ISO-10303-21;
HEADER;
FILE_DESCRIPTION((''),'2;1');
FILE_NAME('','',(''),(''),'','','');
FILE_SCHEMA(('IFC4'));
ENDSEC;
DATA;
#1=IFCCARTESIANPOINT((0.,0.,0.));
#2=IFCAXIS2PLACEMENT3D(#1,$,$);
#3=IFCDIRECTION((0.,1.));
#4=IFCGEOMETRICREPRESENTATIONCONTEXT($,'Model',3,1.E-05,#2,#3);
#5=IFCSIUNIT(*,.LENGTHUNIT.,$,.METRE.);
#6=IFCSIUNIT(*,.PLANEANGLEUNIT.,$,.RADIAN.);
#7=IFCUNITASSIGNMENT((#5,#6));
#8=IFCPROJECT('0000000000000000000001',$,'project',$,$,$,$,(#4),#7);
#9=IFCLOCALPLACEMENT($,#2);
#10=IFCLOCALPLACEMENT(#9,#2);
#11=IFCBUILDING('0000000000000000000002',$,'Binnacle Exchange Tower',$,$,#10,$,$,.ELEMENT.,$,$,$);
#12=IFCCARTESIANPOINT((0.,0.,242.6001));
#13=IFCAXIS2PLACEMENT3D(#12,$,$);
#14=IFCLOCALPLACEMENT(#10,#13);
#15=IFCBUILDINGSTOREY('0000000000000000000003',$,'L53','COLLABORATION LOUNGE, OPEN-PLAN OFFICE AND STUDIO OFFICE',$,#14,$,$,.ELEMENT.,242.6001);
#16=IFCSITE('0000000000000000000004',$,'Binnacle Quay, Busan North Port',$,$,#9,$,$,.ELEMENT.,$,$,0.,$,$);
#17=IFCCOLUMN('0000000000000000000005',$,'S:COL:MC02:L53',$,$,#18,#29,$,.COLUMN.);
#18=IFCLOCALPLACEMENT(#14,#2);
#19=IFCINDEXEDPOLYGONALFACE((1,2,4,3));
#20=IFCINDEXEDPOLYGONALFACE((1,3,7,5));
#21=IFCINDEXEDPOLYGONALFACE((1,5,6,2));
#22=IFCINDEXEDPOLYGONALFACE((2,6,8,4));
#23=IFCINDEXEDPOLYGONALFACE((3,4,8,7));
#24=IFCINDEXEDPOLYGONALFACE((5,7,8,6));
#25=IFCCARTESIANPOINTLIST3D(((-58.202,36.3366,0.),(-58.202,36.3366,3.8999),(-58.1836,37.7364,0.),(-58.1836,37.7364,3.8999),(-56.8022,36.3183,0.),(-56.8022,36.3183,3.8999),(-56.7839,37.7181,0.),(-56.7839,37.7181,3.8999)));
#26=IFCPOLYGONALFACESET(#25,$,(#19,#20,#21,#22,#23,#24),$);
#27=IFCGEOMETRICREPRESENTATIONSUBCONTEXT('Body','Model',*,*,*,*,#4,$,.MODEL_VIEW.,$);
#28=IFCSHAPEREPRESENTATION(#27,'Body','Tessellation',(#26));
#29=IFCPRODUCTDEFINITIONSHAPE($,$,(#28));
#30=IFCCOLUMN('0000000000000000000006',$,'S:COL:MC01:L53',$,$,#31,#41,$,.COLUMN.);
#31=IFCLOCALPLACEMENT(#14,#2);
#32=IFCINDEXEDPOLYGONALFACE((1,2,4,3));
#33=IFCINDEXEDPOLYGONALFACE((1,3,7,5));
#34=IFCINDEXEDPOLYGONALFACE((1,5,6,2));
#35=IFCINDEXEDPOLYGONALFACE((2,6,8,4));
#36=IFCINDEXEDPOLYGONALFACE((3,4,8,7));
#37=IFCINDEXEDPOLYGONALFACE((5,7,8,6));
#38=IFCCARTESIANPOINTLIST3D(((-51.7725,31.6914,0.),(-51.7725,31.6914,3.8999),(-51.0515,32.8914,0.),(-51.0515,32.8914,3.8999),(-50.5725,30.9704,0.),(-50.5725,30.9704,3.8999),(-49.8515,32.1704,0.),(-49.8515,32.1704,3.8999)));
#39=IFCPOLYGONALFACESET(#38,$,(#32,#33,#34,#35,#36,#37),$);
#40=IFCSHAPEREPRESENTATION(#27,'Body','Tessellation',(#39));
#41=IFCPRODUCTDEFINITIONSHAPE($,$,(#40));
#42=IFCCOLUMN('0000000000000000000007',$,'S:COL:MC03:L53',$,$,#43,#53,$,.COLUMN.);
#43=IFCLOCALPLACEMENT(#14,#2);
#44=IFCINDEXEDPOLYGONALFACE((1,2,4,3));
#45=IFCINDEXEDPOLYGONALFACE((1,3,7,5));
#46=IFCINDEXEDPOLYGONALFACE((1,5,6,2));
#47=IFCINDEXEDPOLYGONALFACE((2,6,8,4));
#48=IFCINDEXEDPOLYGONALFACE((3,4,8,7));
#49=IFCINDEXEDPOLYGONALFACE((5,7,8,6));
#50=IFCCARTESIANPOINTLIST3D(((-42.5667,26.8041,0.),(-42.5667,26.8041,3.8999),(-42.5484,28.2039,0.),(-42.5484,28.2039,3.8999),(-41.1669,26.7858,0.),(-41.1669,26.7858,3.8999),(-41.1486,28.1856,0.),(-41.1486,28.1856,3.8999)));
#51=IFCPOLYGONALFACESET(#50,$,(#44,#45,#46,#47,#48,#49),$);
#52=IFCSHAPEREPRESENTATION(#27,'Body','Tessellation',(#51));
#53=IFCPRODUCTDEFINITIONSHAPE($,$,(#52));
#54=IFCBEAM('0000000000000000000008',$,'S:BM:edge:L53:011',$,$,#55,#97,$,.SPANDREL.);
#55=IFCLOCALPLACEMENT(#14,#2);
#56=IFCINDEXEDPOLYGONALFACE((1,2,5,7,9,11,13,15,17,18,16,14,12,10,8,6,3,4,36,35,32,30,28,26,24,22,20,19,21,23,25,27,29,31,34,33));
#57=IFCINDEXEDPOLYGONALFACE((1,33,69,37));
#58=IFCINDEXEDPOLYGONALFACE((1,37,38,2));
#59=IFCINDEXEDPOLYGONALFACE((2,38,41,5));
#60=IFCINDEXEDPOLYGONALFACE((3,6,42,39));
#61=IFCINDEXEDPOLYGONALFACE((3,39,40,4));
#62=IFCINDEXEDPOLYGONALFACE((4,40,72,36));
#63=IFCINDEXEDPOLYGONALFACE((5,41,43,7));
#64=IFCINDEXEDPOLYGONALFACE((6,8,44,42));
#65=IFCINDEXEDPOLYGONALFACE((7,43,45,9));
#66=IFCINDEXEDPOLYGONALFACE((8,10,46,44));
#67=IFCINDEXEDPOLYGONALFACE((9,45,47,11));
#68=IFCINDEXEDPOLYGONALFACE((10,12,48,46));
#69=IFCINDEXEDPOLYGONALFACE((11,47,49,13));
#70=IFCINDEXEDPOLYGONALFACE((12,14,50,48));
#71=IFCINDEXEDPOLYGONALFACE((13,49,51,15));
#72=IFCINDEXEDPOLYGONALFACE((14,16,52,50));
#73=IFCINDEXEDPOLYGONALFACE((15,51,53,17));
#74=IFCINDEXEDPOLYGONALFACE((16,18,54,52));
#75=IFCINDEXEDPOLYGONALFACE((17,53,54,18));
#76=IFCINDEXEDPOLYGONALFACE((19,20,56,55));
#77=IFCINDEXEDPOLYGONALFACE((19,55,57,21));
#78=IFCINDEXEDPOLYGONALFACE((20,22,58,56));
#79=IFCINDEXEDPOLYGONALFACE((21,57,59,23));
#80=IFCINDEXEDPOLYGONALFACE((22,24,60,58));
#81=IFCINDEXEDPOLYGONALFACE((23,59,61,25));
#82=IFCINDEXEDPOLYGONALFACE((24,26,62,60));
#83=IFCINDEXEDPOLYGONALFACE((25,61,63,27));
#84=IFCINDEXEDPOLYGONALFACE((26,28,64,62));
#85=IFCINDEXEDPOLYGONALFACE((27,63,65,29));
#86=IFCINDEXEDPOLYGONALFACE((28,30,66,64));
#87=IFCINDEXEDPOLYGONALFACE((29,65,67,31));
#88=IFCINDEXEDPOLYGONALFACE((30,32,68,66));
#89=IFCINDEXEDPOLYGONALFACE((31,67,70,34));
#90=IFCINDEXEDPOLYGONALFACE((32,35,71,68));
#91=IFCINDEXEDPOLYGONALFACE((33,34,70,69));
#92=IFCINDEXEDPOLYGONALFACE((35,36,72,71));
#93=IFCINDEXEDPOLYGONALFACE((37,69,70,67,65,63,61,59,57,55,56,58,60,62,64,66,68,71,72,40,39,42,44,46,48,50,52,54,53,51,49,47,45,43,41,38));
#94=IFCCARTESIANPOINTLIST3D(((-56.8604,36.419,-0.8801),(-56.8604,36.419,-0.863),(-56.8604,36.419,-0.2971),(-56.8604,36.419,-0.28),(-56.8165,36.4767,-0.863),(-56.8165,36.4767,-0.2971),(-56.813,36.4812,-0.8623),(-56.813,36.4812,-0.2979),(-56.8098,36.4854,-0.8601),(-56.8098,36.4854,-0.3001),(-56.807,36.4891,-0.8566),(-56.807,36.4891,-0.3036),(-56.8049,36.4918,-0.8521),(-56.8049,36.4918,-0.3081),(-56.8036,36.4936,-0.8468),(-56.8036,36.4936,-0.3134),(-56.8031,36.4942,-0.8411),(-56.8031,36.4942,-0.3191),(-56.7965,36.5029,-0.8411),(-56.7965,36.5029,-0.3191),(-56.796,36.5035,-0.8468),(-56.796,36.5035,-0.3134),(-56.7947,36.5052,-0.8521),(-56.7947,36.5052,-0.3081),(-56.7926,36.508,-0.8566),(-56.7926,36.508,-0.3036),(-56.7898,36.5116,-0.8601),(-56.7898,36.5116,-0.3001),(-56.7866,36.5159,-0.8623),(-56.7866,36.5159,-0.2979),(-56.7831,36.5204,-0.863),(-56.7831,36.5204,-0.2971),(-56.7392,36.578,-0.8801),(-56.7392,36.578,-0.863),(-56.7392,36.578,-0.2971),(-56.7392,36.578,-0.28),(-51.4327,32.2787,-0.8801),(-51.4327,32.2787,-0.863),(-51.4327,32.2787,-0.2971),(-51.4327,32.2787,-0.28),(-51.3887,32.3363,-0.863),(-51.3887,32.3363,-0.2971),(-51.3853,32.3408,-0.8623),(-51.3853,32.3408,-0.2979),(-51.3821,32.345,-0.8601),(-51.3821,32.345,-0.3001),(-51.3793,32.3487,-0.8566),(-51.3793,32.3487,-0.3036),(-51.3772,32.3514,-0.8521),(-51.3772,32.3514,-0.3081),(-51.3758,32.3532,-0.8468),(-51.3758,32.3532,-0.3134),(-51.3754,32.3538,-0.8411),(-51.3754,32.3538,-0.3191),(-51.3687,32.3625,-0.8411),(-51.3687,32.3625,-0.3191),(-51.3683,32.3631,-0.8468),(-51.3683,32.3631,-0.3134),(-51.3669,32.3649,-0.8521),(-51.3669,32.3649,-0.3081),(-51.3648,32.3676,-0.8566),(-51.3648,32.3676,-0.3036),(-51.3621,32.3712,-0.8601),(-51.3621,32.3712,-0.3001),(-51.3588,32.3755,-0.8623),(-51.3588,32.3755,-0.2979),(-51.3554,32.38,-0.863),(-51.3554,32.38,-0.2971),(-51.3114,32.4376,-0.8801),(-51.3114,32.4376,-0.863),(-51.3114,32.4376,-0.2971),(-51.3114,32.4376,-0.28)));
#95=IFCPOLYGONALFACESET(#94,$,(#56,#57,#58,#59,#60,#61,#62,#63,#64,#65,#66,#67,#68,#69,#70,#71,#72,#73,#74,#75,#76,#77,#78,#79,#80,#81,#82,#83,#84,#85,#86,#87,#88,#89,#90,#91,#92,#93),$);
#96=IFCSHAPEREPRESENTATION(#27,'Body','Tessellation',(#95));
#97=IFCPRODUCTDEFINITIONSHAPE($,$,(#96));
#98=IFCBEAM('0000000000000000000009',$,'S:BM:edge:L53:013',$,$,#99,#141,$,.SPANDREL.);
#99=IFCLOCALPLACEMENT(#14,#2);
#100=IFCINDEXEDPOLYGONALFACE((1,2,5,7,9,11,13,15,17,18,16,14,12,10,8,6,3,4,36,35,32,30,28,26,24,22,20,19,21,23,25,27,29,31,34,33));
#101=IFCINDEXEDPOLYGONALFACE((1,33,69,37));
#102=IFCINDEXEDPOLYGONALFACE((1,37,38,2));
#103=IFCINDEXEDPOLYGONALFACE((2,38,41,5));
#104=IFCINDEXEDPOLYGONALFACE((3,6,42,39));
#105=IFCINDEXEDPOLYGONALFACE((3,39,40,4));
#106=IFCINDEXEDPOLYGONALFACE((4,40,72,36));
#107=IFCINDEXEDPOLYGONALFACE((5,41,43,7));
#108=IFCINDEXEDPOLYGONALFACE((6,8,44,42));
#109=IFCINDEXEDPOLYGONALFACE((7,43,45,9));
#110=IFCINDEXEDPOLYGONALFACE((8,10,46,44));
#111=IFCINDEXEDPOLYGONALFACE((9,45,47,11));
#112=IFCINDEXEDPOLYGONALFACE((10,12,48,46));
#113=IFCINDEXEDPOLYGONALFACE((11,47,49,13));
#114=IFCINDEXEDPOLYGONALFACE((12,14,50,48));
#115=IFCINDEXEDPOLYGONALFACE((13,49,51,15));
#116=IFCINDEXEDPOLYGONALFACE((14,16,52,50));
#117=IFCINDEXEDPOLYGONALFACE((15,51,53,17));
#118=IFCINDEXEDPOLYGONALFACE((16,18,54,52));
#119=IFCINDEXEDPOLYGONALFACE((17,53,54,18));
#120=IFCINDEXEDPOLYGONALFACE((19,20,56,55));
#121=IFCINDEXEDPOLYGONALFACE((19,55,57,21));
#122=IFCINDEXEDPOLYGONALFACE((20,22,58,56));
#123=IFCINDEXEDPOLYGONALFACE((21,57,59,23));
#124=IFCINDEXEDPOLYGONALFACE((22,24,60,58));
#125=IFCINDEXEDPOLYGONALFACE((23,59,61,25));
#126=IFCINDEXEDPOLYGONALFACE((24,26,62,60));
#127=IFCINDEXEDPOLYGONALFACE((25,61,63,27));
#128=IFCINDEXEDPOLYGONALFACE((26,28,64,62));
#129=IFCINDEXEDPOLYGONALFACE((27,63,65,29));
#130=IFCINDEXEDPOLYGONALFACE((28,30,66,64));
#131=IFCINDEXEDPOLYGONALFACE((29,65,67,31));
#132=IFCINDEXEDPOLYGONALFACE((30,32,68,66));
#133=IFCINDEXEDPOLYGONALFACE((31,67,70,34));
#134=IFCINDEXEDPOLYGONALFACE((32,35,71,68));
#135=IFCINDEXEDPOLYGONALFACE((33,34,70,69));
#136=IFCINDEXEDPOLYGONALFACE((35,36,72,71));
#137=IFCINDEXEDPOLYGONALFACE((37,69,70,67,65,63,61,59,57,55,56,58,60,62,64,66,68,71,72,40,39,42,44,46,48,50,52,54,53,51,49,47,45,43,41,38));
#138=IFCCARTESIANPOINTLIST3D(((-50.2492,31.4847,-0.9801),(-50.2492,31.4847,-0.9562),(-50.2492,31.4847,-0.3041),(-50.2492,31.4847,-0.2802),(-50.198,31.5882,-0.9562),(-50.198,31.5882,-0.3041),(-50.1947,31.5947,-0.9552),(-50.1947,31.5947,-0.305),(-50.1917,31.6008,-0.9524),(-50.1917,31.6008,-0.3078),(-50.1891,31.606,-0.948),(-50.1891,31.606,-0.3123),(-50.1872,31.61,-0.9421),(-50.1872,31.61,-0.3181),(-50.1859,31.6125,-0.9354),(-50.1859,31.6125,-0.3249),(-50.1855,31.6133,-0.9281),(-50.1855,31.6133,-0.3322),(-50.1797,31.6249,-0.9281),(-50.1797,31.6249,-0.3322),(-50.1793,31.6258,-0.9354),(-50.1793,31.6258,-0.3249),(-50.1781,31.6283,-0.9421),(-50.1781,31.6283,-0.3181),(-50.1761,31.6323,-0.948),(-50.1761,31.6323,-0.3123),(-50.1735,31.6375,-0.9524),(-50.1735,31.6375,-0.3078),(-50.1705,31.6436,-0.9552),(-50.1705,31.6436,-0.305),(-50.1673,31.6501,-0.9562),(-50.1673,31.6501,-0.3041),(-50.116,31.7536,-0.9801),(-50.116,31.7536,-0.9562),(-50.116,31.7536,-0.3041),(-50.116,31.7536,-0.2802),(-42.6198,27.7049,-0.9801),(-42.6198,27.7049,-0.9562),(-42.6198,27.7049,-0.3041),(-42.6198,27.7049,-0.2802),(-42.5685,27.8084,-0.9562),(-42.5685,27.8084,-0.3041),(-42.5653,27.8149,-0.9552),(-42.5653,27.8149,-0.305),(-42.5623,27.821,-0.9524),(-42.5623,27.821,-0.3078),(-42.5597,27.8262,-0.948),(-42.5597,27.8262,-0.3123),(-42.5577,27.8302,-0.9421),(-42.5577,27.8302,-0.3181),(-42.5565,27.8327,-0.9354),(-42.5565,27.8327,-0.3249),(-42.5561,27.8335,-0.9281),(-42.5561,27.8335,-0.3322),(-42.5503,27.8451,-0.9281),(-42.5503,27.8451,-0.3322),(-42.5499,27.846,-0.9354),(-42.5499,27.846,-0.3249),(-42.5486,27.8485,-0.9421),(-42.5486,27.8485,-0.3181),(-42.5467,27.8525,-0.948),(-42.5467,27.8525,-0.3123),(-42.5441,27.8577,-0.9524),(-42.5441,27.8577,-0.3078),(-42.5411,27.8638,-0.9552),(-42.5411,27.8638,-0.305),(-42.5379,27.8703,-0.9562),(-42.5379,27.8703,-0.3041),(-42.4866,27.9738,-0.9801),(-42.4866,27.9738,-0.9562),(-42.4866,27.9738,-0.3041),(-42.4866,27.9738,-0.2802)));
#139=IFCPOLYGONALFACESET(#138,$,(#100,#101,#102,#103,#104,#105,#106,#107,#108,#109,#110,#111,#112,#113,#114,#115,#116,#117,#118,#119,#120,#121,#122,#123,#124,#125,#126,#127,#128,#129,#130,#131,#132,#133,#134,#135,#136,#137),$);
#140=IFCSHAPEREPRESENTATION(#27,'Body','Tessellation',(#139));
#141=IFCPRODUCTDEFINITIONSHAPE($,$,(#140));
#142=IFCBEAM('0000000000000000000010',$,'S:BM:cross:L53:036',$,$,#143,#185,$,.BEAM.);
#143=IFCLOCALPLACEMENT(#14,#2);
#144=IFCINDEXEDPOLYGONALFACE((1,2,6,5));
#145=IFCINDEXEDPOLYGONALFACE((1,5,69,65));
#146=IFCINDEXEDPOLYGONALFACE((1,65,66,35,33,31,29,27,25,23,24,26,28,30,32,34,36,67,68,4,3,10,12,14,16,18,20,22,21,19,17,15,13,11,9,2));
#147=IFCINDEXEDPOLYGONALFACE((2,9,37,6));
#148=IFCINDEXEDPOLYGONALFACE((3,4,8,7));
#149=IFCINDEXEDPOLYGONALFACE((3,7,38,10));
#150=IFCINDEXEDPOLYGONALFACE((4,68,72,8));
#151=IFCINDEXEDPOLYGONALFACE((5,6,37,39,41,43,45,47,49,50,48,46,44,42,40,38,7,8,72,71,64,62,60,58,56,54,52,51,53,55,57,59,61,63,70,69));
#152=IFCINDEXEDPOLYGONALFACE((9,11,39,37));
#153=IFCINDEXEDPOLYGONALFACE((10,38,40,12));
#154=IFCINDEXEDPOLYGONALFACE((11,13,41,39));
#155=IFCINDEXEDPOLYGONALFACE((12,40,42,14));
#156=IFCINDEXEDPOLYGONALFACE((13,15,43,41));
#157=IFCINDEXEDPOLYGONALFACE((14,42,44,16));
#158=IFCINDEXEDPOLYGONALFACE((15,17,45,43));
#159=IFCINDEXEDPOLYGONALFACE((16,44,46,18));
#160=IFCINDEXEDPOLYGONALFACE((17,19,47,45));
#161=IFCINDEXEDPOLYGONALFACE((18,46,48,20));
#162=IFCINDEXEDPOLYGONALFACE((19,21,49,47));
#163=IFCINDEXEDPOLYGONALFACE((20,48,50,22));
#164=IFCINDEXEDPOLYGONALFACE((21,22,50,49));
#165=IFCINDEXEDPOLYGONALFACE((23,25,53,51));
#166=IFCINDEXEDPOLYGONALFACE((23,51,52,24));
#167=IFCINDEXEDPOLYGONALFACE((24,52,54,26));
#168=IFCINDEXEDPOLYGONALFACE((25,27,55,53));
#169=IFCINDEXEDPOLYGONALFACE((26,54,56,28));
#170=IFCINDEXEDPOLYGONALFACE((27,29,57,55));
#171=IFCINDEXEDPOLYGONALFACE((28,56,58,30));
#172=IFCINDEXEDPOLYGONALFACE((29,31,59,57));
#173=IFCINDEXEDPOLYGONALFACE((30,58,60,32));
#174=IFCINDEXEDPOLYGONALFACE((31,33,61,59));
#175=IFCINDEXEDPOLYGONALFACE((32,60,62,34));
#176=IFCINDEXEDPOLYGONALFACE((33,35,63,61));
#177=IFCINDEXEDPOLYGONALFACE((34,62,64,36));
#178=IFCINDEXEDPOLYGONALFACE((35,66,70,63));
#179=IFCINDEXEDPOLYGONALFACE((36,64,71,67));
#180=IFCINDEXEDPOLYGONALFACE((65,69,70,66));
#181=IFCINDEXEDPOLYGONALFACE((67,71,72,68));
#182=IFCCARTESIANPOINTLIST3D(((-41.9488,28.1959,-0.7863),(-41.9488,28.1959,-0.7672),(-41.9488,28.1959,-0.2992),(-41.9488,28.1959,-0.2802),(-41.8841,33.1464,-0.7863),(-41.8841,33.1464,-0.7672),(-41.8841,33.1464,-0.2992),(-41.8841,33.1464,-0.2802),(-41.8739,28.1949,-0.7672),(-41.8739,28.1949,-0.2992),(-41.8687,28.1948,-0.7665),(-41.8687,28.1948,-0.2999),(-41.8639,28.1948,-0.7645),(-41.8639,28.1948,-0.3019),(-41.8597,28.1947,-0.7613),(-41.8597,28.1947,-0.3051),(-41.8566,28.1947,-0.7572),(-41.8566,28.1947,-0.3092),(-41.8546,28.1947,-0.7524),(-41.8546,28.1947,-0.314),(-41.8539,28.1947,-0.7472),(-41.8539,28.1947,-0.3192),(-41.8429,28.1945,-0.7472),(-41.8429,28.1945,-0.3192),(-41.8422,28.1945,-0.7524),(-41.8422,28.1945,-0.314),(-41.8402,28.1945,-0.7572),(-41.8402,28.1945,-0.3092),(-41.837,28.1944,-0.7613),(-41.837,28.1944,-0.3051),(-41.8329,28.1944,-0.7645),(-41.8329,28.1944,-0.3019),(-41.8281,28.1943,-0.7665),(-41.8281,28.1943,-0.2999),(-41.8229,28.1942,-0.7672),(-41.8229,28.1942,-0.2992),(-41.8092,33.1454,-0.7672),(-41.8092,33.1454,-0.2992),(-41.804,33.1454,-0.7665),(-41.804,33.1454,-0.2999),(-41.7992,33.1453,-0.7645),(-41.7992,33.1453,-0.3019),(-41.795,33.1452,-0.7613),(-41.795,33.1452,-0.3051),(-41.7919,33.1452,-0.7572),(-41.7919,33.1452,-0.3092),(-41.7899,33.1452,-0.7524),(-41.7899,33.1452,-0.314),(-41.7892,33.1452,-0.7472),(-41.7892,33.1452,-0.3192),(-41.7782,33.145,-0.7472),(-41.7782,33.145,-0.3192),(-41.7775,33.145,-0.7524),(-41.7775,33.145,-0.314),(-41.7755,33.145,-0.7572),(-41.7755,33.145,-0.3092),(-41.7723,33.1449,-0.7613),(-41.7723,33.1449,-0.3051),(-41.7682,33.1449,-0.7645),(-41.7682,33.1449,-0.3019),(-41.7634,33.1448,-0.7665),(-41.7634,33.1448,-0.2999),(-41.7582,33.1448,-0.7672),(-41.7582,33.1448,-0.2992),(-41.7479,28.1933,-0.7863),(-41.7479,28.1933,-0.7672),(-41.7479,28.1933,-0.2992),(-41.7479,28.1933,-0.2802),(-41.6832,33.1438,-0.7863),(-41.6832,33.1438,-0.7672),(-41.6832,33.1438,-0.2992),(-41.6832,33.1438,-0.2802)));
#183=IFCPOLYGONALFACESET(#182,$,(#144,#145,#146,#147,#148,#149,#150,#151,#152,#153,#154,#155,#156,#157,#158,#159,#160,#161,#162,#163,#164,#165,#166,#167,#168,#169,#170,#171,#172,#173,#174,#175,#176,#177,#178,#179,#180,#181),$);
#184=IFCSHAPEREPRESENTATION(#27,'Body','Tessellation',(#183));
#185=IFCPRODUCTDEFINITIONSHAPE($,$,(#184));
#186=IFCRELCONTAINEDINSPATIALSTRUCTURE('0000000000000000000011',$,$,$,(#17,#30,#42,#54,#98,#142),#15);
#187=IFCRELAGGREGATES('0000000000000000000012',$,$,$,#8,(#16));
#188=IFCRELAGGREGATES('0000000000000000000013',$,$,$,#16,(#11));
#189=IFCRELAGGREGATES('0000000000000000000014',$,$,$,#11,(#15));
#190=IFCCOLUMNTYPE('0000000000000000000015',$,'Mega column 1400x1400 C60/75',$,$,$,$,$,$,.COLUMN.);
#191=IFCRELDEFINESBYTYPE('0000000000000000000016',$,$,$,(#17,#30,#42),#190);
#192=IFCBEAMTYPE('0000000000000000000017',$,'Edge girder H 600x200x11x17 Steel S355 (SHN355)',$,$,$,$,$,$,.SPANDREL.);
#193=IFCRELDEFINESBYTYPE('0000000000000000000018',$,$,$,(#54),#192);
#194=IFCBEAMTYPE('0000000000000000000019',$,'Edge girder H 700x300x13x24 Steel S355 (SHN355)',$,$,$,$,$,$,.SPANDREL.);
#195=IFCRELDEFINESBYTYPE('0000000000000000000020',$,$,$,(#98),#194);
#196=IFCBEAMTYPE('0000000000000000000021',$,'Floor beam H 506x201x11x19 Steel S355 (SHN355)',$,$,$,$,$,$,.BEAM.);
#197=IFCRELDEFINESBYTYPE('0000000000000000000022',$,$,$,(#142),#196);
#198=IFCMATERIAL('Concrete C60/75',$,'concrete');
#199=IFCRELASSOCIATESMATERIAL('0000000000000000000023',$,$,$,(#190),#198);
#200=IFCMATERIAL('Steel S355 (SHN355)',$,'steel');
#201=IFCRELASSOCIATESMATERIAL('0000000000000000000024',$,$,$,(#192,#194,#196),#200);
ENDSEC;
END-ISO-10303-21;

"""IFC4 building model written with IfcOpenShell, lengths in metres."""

from ifc_helpers import new_model, si_unit, direction, frame, origin, origin_2d, place, context, subcontext, project, spatial, rectangle, i_section, extrude, material, material_profile, profile_set, type_object, element, save


model = new_model("IFC4")

# Units and contexts
model_context = context("Model", 3, precision=1e-05, world=origin(), true_north=direction((0.0, 1.0)))
body_context = subcontext(model_context, "Body", "Model", "MODEL_VIEW")
ifc_project = project(units=[si_unit("LENGTHUNIT", "METRE"), si_unit("PLANEANGLEUNIT", "RADIAN")], contexts=[model_context])

# Site, building, storey
site_placement = place(None, origin())
site = spatial("IfcSite", under=ifc_project, at=site_placement, Name="Binnacle Quay, Busan North Port", CompositionType="ELEMENT", RefElevation=0.0)
building_placement = place(site_placement, origin())
building = spatial("IfcBuilding", under=site, at=building_placement, Name="Binnacle Exchange Tower", CompositionType="ELEMENT")
storey_placement = place(building_placement, frame((0.0, 0.0, 242.6001)))
storey = spatial("IfcBuildingStorey", under=building, at=storey_placement, Name="L53", Description="COLLABORATION LOUNGE, OPEN-PLAN OFFICE AND STUDIO OFFICE", CompositionType="ELEMENT", Elevation=242.6001)

# Columns
ifc_material_1 = material(Name="Concrete C60/75", Category="concrete")
ifc_material_profile_1 = material_profile(ifc_material_1, rectangle(XDim=1.3999, YDim=1.3999, at=origin_2d()), Name="Mega column 1400x1400 C60/75")
ifc_profile_set_1 = profile_set([ifc_material_profile_1], Name="Concrete C60/75")
column_type = type_object("IfcColumnType", Name="Mega column 1400x1400 C60/75", PredefinedType="COLUMN", material=ifc_profile_set_1)
for number, where, z_axis, x_axis, name in (
    (1, (-57.4929, 37.0273, 0.0), (0.0, 0.0, 1.0), (-0.01309, -0.999914, 0.0), "S:COL:MC02:L53"),
    (2, (-50.812, 31.9309, 0.0), (0.0, 0.0, 1.0), (0.857167, -0.515038, 0.0), "S:COL:MC01:L53"),
    (3, (-41.8577, 27.4949, 0.0), (0.0, 0.0, 1.0), (0.999914, -0.01309, 0.0), "S:COL:MC03:L53"),
):
    element("IfcColumn", number, at=place(storey_placement, frame(where, z_axis=z_axis, x_axis=x_axis)), inside=storey, type_object=column_type, Name=name, PredefinedType="COLUMN", context=body_context, shape_type="SweptSolid", body=[
        extrude(rectangle(XDim=1.3999, YDim=1.3999, at=origin_2d()), origin(), (0.0, 0.0, 1.0), 3.8999),
    ])

# Beams
ifc_material_2 = material(Name="Steel S355 (SHN355)", Category="steel")
ifc_material_profile_2 = material_profile(ifc_material_2, i_section(OverallWidth=0.2, OverallDepth=0.6001, WebThickness=0.011, FlangeThickness=0.0171, FilletRadius=0.022, at=origin_2d()), Name="H 600x200x11x17")
ifc_profile_set_2 = profile_set([ifc_material_profile_2], Name="Steel S355 (SHN355)")
beam_type_1 = type_object("IfcBeamType", Name="Edge girder H 600x200x11x17 Steel S355 (SHN355)", PredefinedType="SPANDREL", material=ifc_profile_set_2)
beam_1_placement = place(storey_placement, frame((-56.7998, 36.4985, -0.5801), z_axis=(0.795081, -0.606503, 0.0), x_axis=(0.606503, 0.795081, 0.0)))
element("IfcBeam", 4, at=beam_1_placement, inside=storey, type_object=beam_type_1, Name="S:BM:edge:L53:011", PredefinedType="SPANDREL", context=body_context, shape_type="SweptSolid", body=[
    extrude(i_section(OverallWidth=0.2, OverallDepth=0.6001, WebThickness=0.011, FlangeThickness=0.0171, FilletRadius=0.022, at=origin_2d()), origin(), (0.0, 0.0, 1.0), 6.8267),
])
ifc_material_profile_3 = material_profile(ifc_material_2, i_section(OverallWidth=0.3, OverallDepth=0.7, WebThickness=0.0129, FlangeThickness=0.0239, FilletRadius=0.0281, at=origin_2d()), Name="H 700x300x13x24")
ifc_profile_set_3 = profile_set([ifc_material_profile_3], Name="Steel S355 (SHN355)")
beam_type_2 = type_object("IfcBeamType", Name="Edge girder H 700x300x13x24 Steel S355 (SHN355)", PredefinedType="SPANDREL", material=ifc_profile_set_3)
beam_2_placement = place(storey_placement, frame((-50.1826, 31.6191, -0.6301), z_axis=(0.896061, -0.44393, 0.0), x_axis=(0.44393, 0.896061, 0.0)))
element("IfcBeam", 5, at=beam_2_placement, inside=storey, type_object=beam_type_2, Name="S:BM:edge:L53:013", PredefinedType="SPANDREL", context=body_context, shape_type="SweptSolid", body=[
    extrude(i_section(OverallWidth=0.3, OverallDepth=0.7, WebThickness=0.0129, FlangeThickness=0.0239, FilletRadius=0.0281, at=origin_2d()), origin(), (0.0, 0.0, 1.0), 8.5144),
])
ifc_material_profile_4 = material_profile(ifc_material_2, i_section(OverallWidth=0.2009, OverallDepth=0.5061, WebThickness=0.011, FlangeThickness=0.019, FilletRadius=0.02, at=origin_2d()), Name="H 506x201x11x19")
ifc_profile_set_4 = profile_set([ifc_material_profile_4], Name="Steel S355 (SHN355)")
beam_type_3 = type_object("IfcBeamType", Name="Floor beam H 506x201x11x19 Steel S355 (SHN355)", PredefinedType="BEAM", material=ifc_profile_set_4)
beam_3_placement = place(storey_placement, frame((-41.8484, 28.1946, -0.5332), z_axis=(0.013068, 0.999915, 0.0), x_axis=(-0.999915, 0.013068, 0.0)))
element("IfcBeam", 6, at=beam_3_placement, inside=storey, type_object=beam_type_3, Name="S:BM:cross:L53:036", PredefinedType="BEAM", context=body_context, shape_type="SweptSolid", body=[
    extrude(i_section(OverallWidth=0.2009, OverallDepth=0.5061, WebThickness=0.011, FlangeThickness=0.019, FilletRadius=0.02, at=origin_2d()), origin(), (0.0, 0.0, 1.0), 4.9509),
])

save(model, "model.ifc")
